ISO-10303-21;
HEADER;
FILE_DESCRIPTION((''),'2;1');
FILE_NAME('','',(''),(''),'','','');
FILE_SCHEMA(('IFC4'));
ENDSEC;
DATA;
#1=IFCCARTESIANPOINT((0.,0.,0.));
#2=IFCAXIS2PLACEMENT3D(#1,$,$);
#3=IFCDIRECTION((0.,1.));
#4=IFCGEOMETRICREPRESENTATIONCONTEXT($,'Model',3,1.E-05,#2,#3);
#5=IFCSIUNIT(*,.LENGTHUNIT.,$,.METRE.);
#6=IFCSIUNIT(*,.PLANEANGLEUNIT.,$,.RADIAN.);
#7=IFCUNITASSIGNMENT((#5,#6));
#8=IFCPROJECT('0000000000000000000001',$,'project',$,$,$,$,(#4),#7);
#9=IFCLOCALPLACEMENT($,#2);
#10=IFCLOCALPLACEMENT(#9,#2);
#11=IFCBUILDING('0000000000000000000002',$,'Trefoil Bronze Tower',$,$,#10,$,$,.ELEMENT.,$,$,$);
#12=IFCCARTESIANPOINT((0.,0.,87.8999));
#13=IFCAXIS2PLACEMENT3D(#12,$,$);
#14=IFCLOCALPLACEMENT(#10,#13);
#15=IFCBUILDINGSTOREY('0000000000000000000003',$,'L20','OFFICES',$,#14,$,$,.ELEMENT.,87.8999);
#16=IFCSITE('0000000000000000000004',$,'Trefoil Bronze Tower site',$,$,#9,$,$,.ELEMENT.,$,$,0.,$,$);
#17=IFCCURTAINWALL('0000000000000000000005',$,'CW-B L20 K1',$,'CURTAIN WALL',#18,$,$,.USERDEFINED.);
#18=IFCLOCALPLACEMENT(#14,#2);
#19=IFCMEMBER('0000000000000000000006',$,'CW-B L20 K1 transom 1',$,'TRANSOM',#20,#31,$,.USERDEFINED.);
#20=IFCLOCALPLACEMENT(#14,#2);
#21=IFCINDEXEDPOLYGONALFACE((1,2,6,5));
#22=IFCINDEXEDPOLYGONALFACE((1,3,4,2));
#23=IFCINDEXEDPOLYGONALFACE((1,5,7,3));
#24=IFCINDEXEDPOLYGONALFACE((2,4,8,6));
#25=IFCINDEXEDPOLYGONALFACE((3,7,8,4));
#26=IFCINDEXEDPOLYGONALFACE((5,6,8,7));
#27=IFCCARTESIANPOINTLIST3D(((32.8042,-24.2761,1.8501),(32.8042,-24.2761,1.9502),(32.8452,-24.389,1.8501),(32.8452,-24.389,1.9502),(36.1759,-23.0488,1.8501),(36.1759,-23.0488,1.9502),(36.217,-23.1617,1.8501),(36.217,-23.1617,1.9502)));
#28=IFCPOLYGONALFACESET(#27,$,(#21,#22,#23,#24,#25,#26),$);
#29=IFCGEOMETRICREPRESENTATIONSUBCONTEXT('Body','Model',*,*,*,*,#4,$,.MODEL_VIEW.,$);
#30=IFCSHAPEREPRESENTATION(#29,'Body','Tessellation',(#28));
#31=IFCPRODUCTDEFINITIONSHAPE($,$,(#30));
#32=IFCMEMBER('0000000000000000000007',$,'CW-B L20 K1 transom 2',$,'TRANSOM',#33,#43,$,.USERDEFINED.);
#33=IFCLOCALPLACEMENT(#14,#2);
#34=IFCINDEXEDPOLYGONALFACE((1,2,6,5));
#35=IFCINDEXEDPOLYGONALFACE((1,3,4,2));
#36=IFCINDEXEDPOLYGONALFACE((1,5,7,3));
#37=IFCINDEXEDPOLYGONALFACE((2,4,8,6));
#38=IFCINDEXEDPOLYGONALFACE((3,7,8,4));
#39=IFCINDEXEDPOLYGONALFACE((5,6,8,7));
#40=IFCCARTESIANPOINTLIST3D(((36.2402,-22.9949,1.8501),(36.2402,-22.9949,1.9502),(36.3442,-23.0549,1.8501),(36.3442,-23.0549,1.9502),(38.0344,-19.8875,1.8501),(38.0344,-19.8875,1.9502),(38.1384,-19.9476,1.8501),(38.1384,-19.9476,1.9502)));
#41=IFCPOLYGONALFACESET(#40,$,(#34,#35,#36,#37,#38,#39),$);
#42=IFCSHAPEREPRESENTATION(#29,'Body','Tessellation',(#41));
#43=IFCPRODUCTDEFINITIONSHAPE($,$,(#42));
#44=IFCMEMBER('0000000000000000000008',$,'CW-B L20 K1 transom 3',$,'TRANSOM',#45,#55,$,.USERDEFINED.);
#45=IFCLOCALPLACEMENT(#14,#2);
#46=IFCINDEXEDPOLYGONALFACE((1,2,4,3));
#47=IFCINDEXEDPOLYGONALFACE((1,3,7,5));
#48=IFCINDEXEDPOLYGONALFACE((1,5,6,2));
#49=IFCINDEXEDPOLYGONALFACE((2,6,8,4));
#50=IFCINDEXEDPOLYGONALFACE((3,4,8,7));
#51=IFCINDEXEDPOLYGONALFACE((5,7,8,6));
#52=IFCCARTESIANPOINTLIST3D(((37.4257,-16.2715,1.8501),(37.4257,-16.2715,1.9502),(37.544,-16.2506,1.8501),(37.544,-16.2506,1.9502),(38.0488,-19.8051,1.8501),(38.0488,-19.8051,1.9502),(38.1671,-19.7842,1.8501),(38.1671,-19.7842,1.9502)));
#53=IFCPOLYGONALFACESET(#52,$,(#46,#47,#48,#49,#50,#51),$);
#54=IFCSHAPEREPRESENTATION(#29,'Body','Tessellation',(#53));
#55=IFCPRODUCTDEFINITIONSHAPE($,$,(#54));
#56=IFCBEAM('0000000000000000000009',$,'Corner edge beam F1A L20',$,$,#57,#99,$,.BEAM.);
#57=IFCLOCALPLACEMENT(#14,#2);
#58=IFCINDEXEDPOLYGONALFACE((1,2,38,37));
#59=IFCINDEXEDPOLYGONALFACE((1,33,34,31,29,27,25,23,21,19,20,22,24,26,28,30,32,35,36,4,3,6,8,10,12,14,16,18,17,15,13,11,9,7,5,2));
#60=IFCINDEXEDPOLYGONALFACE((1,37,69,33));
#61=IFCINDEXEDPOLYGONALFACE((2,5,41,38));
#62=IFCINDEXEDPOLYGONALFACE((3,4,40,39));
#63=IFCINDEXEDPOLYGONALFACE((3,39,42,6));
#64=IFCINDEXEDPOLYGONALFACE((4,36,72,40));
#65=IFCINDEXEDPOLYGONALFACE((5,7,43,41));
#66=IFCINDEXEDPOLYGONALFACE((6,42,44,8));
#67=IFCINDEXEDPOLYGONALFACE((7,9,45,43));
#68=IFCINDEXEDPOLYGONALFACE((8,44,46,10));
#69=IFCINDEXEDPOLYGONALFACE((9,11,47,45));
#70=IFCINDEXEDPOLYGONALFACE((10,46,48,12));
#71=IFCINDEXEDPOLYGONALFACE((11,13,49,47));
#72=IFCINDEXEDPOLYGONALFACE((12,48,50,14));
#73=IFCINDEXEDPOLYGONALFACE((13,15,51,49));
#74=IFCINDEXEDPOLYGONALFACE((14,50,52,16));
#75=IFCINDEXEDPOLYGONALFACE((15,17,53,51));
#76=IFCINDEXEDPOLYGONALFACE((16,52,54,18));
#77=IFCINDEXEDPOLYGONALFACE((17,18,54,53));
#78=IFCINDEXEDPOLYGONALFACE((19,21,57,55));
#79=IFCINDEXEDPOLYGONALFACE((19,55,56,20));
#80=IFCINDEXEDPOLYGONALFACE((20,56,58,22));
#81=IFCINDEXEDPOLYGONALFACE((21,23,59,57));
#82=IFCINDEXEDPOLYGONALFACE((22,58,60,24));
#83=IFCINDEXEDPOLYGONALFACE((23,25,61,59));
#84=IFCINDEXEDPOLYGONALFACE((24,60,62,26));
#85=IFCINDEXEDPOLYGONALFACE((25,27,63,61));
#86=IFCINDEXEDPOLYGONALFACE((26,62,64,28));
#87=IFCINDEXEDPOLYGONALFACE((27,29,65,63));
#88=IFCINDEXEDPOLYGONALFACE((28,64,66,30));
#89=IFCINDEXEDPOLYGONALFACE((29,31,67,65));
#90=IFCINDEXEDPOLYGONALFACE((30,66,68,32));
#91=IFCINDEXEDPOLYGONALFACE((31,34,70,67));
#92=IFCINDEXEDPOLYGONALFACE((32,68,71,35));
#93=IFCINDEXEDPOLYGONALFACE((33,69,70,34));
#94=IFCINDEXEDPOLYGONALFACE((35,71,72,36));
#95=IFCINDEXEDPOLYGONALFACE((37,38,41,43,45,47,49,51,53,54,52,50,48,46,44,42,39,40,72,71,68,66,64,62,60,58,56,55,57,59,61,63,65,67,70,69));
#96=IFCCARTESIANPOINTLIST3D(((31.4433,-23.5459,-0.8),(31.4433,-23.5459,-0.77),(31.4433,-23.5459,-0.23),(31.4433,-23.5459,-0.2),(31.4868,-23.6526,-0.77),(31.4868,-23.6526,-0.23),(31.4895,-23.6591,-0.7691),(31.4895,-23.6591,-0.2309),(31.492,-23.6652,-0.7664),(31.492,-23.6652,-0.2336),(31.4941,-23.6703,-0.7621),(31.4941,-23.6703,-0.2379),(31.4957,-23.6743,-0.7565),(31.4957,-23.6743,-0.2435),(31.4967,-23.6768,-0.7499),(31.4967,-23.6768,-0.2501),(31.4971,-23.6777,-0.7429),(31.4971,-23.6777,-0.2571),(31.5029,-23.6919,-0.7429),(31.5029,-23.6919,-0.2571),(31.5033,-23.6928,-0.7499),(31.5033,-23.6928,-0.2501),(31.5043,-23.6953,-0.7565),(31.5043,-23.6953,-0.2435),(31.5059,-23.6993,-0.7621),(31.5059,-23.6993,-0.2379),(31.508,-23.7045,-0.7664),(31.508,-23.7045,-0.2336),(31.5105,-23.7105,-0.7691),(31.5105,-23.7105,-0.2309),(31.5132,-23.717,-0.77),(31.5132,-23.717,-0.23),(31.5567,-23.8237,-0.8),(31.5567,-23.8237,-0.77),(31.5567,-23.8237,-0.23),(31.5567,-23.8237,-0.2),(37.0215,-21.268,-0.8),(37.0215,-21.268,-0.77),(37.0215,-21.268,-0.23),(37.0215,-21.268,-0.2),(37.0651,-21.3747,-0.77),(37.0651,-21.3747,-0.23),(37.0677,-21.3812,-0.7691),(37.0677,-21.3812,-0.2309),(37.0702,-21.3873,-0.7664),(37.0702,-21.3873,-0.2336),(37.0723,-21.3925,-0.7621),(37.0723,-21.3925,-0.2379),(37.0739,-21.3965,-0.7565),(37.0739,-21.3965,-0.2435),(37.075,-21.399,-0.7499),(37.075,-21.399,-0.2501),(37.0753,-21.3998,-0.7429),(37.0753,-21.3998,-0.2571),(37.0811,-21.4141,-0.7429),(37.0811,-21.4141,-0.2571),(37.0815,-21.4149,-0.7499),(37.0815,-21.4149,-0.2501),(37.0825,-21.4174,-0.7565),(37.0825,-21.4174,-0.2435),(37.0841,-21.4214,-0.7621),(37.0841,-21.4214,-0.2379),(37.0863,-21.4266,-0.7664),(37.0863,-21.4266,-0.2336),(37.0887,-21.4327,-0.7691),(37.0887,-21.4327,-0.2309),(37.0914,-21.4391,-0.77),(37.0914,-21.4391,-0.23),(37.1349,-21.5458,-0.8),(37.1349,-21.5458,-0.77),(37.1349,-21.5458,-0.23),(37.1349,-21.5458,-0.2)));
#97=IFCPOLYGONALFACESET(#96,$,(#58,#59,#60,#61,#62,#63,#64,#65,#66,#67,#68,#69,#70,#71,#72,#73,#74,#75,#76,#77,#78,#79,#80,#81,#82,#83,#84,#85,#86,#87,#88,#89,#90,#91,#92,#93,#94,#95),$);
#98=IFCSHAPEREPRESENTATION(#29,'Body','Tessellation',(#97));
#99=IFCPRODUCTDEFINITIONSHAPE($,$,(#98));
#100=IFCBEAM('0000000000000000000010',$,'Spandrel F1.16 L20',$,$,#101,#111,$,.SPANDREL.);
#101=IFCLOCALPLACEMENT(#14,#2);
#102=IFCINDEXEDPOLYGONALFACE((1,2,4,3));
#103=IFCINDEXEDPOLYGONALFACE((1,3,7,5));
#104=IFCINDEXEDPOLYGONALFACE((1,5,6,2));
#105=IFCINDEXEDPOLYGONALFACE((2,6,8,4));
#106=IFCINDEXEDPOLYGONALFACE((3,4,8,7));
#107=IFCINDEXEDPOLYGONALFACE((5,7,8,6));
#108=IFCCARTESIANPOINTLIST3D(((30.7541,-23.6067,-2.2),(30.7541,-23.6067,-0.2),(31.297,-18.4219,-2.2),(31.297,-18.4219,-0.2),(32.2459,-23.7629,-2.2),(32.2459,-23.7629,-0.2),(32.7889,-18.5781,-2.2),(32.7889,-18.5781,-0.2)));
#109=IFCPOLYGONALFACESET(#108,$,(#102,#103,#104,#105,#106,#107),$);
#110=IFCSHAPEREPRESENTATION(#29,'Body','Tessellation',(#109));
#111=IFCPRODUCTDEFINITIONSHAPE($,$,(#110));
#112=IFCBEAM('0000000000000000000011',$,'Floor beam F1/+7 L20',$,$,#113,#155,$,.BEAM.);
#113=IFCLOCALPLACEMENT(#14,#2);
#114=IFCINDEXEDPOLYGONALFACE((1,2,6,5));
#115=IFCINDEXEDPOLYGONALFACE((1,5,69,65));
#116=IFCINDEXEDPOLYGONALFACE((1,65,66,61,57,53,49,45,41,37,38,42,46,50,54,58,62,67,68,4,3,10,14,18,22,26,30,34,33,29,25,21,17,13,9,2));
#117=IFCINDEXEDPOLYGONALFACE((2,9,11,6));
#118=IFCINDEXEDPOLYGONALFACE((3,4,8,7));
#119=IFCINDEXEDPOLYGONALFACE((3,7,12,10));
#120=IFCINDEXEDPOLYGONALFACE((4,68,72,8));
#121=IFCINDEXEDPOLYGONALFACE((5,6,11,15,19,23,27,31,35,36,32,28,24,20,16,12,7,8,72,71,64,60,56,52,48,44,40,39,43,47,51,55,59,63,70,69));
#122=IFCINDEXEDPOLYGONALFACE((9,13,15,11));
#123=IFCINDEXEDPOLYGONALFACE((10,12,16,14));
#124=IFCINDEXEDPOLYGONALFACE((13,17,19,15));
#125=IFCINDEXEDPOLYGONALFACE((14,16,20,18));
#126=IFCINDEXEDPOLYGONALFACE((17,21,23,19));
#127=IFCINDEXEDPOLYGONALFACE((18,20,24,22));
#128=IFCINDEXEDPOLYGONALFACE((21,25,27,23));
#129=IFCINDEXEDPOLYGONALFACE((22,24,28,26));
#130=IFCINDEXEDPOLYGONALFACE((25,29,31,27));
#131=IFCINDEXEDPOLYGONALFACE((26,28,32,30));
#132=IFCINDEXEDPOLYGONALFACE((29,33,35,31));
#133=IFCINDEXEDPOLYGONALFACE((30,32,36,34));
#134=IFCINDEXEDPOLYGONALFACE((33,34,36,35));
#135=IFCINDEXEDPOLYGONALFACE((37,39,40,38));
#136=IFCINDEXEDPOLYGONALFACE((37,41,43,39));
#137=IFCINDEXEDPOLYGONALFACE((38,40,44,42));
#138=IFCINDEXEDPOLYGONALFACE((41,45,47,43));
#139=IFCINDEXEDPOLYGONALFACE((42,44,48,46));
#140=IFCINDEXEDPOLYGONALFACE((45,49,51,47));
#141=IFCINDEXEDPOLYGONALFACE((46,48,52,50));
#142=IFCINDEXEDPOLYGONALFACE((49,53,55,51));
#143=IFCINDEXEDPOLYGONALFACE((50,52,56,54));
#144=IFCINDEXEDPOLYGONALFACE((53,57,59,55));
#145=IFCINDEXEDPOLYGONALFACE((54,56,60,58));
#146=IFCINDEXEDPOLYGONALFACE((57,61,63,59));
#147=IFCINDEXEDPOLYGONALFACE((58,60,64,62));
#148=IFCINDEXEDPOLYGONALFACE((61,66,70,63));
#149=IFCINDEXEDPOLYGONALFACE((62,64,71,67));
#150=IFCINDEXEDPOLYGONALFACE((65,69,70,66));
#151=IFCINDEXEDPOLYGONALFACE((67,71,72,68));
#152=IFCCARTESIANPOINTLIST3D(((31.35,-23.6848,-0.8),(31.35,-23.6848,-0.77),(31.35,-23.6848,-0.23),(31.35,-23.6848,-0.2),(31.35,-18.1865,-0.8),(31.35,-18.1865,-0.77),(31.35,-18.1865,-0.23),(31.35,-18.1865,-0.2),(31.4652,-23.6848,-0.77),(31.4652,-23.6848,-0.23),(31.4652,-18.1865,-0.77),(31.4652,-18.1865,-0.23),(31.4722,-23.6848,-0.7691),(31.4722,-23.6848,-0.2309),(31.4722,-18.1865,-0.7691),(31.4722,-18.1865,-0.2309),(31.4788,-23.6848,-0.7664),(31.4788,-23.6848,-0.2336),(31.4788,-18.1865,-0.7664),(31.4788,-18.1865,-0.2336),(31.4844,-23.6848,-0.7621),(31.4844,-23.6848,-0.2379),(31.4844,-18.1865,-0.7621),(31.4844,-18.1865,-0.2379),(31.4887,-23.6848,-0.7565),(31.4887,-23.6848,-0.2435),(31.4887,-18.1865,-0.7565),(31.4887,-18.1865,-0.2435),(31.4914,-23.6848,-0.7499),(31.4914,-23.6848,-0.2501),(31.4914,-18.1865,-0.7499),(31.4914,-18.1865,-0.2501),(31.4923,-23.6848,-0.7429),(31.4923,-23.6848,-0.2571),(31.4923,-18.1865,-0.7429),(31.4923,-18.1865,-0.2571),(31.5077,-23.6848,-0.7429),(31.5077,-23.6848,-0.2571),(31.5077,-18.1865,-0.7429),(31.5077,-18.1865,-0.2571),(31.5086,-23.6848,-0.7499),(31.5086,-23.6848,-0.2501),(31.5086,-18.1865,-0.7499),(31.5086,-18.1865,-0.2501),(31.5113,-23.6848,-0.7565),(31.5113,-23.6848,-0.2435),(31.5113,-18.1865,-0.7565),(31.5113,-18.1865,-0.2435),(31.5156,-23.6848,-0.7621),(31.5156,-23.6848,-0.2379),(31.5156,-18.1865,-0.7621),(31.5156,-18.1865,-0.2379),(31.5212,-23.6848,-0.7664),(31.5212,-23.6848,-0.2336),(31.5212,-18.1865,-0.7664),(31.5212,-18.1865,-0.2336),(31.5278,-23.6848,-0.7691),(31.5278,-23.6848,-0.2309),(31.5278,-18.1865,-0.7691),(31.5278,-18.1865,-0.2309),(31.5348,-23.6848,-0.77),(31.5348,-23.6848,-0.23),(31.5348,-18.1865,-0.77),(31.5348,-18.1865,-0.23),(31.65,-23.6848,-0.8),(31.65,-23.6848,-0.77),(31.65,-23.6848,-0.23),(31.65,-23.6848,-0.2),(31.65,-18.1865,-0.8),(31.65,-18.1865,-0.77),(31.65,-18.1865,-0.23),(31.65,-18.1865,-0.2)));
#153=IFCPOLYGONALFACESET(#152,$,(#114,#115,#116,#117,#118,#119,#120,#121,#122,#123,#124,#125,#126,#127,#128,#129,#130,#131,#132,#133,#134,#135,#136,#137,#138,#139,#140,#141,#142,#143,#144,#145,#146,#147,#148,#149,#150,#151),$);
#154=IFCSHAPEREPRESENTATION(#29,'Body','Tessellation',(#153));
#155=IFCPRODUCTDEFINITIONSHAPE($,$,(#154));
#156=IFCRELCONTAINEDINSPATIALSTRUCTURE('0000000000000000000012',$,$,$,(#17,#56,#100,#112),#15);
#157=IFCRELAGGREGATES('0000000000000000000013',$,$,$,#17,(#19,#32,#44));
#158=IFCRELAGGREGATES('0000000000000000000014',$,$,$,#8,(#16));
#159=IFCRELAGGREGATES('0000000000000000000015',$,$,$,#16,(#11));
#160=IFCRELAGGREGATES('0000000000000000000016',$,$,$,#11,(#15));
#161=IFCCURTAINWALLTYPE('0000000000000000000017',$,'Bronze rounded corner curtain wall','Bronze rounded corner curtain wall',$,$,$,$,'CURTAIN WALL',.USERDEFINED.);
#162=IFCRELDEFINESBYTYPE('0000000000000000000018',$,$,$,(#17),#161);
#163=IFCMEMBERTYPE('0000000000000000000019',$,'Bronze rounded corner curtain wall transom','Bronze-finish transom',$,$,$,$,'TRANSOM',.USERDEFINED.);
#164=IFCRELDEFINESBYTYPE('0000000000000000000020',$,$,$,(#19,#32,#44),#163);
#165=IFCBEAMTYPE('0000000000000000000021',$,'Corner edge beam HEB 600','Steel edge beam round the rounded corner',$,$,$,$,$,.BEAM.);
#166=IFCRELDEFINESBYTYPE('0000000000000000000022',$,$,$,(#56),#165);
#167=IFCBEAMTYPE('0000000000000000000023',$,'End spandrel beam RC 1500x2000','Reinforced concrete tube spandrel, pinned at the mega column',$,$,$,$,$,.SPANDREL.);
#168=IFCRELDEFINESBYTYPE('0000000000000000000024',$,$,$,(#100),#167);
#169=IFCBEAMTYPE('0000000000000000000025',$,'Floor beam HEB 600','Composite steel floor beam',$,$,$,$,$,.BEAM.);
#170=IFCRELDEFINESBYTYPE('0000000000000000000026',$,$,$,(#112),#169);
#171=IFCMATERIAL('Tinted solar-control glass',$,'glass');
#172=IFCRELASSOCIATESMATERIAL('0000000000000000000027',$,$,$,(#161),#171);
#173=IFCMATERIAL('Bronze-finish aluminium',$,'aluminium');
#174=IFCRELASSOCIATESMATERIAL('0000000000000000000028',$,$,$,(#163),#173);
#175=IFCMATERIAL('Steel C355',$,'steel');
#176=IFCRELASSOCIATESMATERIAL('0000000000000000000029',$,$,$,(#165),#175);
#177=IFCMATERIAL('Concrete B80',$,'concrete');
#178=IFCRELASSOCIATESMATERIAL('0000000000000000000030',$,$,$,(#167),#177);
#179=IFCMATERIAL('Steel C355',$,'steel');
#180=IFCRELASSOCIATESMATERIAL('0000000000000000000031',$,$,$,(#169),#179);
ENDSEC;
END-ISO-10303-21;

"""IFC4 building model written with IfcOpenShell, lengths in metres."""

from ifc_helpers import new_model, si_unit, direction, frame, origin, origin_2d, place, context, subcontext, project, spatial, rectangle, i_section, extrude, material, material_profile, profile_set, type_object, element, aggregate, save


model = new_model("IFC4")

# Units and contexts
model_context = context("Model", 3, precision=1e-05, world=origin(), true_north=direction((0.0, 1.0)))
body_context = subcontext(model_context, "Body", "Model", "MODEL_VIEW")
ifc_project = project(units=[si_unit("LENGTHUNIT", "METRE"), si_unit("PLANEANGLEUNIT", "RADIAN")], contexts=[model_context])

# Site, building, storey
site_placement = place(None, origin())
site = spatial("IfcSite", under=ifc_project, at=site_placement, Name="Trefoil Bronze Tower site", CompositionType="ELEMENT", RefElevation=0.0)
building_placement = place(site_placement, origin())
building = spatial("IfcBuilding", under=site, at=building_placement, Name="Trefoil Bronze Tower", CompositionType="ELEMENT")
storey_placement = place(building_placement, frame((0.0, 0.0, 87.8999)))
storey = spatial("IfcBuildingStorey", under=building, at=storey_placement, Name="L20", Description="OFFICES", CompositionType="ELEMENT", Elevation=87.8999)

# Curtain wall, members
ifc_material_1 = material(Name="Tinted solar-control glass", Category="glass")
curtain_wall_type_1 = type_object("IfcCurtainWallType", Name="Bronze rounded corner curtain wall", Description="Bronze rounded corner curtain wall", ElementType="CURTAIN WALL", PredefinedType="USERDEFINED", material=ifc_material_1)
curtain_wall_1_placement = place(storey_placement, origin())
curtain_wall_1 = element("IfcCurtainWall", 1, at=curtain_wall_1_placement, inside=storey, type_object=curtain_wall_type_1, Name="CW-B L20 K1", ObjectType="CURTAIN WALL", PredefinedType="USERDEFINED")
ifc_material_2 = material(Name="Bronze-finish aluminium", Category="aluminium")
ifc_material_profile_1 = material_profile(ifc_material_2, rectangle(XDim=0.1201, YDim=0.1001, at=origin_2d()), Name="CW-B transom")
ifc_profile_set_1 = profile_set([ifc_material_profile_1], Name="Bronze-finish aluminium")
member_type_1 = type_object("IfcMemberType", Name="Bronze rounded corner curtain wall transom", Description="Bronze-finish transom", ElementType="TRANSOM", PredefinedType="USERDEFINED", material=ifc_profile_set_1)
member_1_placement = place(storey_placement, frame((32.8247, -24.3325, 1.9001), z_axis=(0.939688, 0.342033, 0.0), x_axis=(-0.342033, 0.939688, 0.0)))
member_1 = element("IfcMember", 2, at=member_1_placement, type_object=member_type_1, Name="CW-B L20 K1 transom 1", ObjectType="TRANSOM", PredefinedType="USERDEFINED", context=body_context, shape_type="SweptSolid", body=[
    extrude(rectangle(XDim=0.1201, YDim=0.1001, at=origin_2d()), origin(), (0.0, 0.0, 1.0), 3.5881),
])
member_2_placement = place(storey_placement, frame((36.2922, -23.0249, 1.9001), z_axis=(0.500025, 0.866011, 0.0), x_axis=(-0.866011, 0.500025, 0.0)))
member_2 = element("IfcMember", 3, at=member_2_placement, type_object=member_type_1, Name="CW-B L20 K1 transom 2", ObjectType="TRANSOM", PredefinedType="USERDEFINED", context=body_context, shape_type="SweptSolid", body=[
    extrude(rectangle(XDim=0.1201, YDim=0.1001, at=origin_2d()), origin(), (0.0, 0.0, 1.0), 3.5881),
])
member_3_placement = place(storey_placement, frame((38.1079, -19.7947, 1.9001), z_axis=(-0.173638, 0.98481, 0.0), x_axis=(-0.98481, -0.173638, 0.0)))
member_3 = element("IfcMember", 4, at=member_3_placement, type_object=member_type_1, Name="CW-B L20 K1 transom 3", ObjectType="TRANSOM", PredefinedType="USERDEFINED", context=body_context, shape_type="SweptSolid", body=[
    extrude(rectangle(XDim=0.1201, YDim=0.1001, at=origin_2d()), origin(), (0.0, 0.0, 1.0), 3.5881),
])

# Beams
ifc_material_3 = material(Name="Steel C355", Category="steel")
ifc_material_profile_2 = material_profile(ifc_material_3, i_section(OverallWidth=0.3, OverallDepth=0.6001, WebThickness=0.0154, FlangeThickness=0.03, FilletRadius=0.0271, at=origin_2d()), Name="HEB 600")
ifc_profile_set_2 = profile_set([ifc_material_profile_2], Name="Steel C355")
beam_type_1 = type_object("IfcBeamType", Name="Corner edge beam HEB 600", Description="Steel edge beam round the rounded corner", PredefinedType="BEAM", material=ifc_profile_set_2)
beam_1_placement = place(storey_placement, frame((31.5, -23.6848, -0.5), z_axis=(0.925787, 0.378046, 0.0), x_axis=(-0.378046, 0.925787, 0.0)))
element("IfcBeam", 5, at=beam_1_placement, inside=storey, type_object=beam_type_1, Name="Corner edge beam F1A L20", PredefinedType="BEAM", context=body_context, shape_type="SweptSolid", body=[
    extrude(i_section(OverallWidth=0.3, OverallDepth=0.6001, WebThickness=0.0154, FlangeThickness=0.03, FilletRadius=0.0271, at=origin_2d()), origin(), (0.0, 0.0, 1.0), 6.0254),
])
ifc_material_4 = material(Name="Concrete B80", Category="concrete")
ifc_material_profile_3 = material_profile(ifc_material_4, rectangle(XDim=1.5, YDim=2.0, at=origin_2d()), Name="RC 1500x2000")
ifc_profile_set_3 = profile_set([ifc_material_profile_3], Name="Concrete B80")
beam_type_2 = type_object("IfcBeamType", Name="End spandrel beam RC 1500x2000", Description="Reinforced concrete tube spandrel, pinned at the mega column", PredefinedType="SPANDREL", material=ifc_profile_set_3)
beam_2_placement = place(storey_placement, frame((31.5, -23.6848, -1.2), z_axis=(0.104153, 0.994561, 0.0), x_axis=(-0.994561, 0.104153, 0.0)))
element("IfcBeam", 6, at=beam_2_placement, inside=storey, type_object=beam_type_2, Name="Spandrel F1.16 L20", PredefinedType="SPANDREL", context=body_context, shape_type="SweptSolid", body=[
    extrude(rectangle(XDim=1.5, YDim=2.0, at=origin_2d()), origin(), (0.0, 0.0, 1.0), 5.2131),
])
ifc_material_5 = material(Name="Steel C355", Category="steel")
ifc_material_profile_4 = material_profile(ifc_material_5, i_section(OverallWidth=0.3, OverallDepth=0.6001, WebThickness=0.0154, FlangeThickness=0.03, FilletRadius=0.0271, at=origin_2d()), Name="HEB 600")
ifc_profile_set_4 = profile_set([ifc_material_profile_4], Name="Steel C355")
beam_type_3 = type_object("IfcBeamType", Name="Floor beam HEB 600", Description="Composite steel floor beam", PredefinedType="BEAM", material=ifc_profile_set_4)
beam_3_placement = place(storey_placement, frame((31.5, -23.6848, -0.5), z_axis=(0.0, 1.0, 0.0), x_axis=(-1.0, 0.0, 0.0)))
element("IfcBeam", 7, at=beam_3_placement, inside=storey, type_object=beam_type_3, Name="Floor beam F1/+7 L20", PredefinedType="BEAM", context=body_context, shape_type="SweptSolid", body=[
    extrude(i_section(OverallWidth=0.3, OverallDepth=0.6001, WebThickness=0.0154, FlangeThickness=0.03, FilletRadius=0.0271, at=origin_2d()), origin(), (0.0, 0.0, 1.0), 5.4983),
])

aggregate(curtain_wall_1, [member_1, member_2, member_3])

save(model, "model.ifc")
